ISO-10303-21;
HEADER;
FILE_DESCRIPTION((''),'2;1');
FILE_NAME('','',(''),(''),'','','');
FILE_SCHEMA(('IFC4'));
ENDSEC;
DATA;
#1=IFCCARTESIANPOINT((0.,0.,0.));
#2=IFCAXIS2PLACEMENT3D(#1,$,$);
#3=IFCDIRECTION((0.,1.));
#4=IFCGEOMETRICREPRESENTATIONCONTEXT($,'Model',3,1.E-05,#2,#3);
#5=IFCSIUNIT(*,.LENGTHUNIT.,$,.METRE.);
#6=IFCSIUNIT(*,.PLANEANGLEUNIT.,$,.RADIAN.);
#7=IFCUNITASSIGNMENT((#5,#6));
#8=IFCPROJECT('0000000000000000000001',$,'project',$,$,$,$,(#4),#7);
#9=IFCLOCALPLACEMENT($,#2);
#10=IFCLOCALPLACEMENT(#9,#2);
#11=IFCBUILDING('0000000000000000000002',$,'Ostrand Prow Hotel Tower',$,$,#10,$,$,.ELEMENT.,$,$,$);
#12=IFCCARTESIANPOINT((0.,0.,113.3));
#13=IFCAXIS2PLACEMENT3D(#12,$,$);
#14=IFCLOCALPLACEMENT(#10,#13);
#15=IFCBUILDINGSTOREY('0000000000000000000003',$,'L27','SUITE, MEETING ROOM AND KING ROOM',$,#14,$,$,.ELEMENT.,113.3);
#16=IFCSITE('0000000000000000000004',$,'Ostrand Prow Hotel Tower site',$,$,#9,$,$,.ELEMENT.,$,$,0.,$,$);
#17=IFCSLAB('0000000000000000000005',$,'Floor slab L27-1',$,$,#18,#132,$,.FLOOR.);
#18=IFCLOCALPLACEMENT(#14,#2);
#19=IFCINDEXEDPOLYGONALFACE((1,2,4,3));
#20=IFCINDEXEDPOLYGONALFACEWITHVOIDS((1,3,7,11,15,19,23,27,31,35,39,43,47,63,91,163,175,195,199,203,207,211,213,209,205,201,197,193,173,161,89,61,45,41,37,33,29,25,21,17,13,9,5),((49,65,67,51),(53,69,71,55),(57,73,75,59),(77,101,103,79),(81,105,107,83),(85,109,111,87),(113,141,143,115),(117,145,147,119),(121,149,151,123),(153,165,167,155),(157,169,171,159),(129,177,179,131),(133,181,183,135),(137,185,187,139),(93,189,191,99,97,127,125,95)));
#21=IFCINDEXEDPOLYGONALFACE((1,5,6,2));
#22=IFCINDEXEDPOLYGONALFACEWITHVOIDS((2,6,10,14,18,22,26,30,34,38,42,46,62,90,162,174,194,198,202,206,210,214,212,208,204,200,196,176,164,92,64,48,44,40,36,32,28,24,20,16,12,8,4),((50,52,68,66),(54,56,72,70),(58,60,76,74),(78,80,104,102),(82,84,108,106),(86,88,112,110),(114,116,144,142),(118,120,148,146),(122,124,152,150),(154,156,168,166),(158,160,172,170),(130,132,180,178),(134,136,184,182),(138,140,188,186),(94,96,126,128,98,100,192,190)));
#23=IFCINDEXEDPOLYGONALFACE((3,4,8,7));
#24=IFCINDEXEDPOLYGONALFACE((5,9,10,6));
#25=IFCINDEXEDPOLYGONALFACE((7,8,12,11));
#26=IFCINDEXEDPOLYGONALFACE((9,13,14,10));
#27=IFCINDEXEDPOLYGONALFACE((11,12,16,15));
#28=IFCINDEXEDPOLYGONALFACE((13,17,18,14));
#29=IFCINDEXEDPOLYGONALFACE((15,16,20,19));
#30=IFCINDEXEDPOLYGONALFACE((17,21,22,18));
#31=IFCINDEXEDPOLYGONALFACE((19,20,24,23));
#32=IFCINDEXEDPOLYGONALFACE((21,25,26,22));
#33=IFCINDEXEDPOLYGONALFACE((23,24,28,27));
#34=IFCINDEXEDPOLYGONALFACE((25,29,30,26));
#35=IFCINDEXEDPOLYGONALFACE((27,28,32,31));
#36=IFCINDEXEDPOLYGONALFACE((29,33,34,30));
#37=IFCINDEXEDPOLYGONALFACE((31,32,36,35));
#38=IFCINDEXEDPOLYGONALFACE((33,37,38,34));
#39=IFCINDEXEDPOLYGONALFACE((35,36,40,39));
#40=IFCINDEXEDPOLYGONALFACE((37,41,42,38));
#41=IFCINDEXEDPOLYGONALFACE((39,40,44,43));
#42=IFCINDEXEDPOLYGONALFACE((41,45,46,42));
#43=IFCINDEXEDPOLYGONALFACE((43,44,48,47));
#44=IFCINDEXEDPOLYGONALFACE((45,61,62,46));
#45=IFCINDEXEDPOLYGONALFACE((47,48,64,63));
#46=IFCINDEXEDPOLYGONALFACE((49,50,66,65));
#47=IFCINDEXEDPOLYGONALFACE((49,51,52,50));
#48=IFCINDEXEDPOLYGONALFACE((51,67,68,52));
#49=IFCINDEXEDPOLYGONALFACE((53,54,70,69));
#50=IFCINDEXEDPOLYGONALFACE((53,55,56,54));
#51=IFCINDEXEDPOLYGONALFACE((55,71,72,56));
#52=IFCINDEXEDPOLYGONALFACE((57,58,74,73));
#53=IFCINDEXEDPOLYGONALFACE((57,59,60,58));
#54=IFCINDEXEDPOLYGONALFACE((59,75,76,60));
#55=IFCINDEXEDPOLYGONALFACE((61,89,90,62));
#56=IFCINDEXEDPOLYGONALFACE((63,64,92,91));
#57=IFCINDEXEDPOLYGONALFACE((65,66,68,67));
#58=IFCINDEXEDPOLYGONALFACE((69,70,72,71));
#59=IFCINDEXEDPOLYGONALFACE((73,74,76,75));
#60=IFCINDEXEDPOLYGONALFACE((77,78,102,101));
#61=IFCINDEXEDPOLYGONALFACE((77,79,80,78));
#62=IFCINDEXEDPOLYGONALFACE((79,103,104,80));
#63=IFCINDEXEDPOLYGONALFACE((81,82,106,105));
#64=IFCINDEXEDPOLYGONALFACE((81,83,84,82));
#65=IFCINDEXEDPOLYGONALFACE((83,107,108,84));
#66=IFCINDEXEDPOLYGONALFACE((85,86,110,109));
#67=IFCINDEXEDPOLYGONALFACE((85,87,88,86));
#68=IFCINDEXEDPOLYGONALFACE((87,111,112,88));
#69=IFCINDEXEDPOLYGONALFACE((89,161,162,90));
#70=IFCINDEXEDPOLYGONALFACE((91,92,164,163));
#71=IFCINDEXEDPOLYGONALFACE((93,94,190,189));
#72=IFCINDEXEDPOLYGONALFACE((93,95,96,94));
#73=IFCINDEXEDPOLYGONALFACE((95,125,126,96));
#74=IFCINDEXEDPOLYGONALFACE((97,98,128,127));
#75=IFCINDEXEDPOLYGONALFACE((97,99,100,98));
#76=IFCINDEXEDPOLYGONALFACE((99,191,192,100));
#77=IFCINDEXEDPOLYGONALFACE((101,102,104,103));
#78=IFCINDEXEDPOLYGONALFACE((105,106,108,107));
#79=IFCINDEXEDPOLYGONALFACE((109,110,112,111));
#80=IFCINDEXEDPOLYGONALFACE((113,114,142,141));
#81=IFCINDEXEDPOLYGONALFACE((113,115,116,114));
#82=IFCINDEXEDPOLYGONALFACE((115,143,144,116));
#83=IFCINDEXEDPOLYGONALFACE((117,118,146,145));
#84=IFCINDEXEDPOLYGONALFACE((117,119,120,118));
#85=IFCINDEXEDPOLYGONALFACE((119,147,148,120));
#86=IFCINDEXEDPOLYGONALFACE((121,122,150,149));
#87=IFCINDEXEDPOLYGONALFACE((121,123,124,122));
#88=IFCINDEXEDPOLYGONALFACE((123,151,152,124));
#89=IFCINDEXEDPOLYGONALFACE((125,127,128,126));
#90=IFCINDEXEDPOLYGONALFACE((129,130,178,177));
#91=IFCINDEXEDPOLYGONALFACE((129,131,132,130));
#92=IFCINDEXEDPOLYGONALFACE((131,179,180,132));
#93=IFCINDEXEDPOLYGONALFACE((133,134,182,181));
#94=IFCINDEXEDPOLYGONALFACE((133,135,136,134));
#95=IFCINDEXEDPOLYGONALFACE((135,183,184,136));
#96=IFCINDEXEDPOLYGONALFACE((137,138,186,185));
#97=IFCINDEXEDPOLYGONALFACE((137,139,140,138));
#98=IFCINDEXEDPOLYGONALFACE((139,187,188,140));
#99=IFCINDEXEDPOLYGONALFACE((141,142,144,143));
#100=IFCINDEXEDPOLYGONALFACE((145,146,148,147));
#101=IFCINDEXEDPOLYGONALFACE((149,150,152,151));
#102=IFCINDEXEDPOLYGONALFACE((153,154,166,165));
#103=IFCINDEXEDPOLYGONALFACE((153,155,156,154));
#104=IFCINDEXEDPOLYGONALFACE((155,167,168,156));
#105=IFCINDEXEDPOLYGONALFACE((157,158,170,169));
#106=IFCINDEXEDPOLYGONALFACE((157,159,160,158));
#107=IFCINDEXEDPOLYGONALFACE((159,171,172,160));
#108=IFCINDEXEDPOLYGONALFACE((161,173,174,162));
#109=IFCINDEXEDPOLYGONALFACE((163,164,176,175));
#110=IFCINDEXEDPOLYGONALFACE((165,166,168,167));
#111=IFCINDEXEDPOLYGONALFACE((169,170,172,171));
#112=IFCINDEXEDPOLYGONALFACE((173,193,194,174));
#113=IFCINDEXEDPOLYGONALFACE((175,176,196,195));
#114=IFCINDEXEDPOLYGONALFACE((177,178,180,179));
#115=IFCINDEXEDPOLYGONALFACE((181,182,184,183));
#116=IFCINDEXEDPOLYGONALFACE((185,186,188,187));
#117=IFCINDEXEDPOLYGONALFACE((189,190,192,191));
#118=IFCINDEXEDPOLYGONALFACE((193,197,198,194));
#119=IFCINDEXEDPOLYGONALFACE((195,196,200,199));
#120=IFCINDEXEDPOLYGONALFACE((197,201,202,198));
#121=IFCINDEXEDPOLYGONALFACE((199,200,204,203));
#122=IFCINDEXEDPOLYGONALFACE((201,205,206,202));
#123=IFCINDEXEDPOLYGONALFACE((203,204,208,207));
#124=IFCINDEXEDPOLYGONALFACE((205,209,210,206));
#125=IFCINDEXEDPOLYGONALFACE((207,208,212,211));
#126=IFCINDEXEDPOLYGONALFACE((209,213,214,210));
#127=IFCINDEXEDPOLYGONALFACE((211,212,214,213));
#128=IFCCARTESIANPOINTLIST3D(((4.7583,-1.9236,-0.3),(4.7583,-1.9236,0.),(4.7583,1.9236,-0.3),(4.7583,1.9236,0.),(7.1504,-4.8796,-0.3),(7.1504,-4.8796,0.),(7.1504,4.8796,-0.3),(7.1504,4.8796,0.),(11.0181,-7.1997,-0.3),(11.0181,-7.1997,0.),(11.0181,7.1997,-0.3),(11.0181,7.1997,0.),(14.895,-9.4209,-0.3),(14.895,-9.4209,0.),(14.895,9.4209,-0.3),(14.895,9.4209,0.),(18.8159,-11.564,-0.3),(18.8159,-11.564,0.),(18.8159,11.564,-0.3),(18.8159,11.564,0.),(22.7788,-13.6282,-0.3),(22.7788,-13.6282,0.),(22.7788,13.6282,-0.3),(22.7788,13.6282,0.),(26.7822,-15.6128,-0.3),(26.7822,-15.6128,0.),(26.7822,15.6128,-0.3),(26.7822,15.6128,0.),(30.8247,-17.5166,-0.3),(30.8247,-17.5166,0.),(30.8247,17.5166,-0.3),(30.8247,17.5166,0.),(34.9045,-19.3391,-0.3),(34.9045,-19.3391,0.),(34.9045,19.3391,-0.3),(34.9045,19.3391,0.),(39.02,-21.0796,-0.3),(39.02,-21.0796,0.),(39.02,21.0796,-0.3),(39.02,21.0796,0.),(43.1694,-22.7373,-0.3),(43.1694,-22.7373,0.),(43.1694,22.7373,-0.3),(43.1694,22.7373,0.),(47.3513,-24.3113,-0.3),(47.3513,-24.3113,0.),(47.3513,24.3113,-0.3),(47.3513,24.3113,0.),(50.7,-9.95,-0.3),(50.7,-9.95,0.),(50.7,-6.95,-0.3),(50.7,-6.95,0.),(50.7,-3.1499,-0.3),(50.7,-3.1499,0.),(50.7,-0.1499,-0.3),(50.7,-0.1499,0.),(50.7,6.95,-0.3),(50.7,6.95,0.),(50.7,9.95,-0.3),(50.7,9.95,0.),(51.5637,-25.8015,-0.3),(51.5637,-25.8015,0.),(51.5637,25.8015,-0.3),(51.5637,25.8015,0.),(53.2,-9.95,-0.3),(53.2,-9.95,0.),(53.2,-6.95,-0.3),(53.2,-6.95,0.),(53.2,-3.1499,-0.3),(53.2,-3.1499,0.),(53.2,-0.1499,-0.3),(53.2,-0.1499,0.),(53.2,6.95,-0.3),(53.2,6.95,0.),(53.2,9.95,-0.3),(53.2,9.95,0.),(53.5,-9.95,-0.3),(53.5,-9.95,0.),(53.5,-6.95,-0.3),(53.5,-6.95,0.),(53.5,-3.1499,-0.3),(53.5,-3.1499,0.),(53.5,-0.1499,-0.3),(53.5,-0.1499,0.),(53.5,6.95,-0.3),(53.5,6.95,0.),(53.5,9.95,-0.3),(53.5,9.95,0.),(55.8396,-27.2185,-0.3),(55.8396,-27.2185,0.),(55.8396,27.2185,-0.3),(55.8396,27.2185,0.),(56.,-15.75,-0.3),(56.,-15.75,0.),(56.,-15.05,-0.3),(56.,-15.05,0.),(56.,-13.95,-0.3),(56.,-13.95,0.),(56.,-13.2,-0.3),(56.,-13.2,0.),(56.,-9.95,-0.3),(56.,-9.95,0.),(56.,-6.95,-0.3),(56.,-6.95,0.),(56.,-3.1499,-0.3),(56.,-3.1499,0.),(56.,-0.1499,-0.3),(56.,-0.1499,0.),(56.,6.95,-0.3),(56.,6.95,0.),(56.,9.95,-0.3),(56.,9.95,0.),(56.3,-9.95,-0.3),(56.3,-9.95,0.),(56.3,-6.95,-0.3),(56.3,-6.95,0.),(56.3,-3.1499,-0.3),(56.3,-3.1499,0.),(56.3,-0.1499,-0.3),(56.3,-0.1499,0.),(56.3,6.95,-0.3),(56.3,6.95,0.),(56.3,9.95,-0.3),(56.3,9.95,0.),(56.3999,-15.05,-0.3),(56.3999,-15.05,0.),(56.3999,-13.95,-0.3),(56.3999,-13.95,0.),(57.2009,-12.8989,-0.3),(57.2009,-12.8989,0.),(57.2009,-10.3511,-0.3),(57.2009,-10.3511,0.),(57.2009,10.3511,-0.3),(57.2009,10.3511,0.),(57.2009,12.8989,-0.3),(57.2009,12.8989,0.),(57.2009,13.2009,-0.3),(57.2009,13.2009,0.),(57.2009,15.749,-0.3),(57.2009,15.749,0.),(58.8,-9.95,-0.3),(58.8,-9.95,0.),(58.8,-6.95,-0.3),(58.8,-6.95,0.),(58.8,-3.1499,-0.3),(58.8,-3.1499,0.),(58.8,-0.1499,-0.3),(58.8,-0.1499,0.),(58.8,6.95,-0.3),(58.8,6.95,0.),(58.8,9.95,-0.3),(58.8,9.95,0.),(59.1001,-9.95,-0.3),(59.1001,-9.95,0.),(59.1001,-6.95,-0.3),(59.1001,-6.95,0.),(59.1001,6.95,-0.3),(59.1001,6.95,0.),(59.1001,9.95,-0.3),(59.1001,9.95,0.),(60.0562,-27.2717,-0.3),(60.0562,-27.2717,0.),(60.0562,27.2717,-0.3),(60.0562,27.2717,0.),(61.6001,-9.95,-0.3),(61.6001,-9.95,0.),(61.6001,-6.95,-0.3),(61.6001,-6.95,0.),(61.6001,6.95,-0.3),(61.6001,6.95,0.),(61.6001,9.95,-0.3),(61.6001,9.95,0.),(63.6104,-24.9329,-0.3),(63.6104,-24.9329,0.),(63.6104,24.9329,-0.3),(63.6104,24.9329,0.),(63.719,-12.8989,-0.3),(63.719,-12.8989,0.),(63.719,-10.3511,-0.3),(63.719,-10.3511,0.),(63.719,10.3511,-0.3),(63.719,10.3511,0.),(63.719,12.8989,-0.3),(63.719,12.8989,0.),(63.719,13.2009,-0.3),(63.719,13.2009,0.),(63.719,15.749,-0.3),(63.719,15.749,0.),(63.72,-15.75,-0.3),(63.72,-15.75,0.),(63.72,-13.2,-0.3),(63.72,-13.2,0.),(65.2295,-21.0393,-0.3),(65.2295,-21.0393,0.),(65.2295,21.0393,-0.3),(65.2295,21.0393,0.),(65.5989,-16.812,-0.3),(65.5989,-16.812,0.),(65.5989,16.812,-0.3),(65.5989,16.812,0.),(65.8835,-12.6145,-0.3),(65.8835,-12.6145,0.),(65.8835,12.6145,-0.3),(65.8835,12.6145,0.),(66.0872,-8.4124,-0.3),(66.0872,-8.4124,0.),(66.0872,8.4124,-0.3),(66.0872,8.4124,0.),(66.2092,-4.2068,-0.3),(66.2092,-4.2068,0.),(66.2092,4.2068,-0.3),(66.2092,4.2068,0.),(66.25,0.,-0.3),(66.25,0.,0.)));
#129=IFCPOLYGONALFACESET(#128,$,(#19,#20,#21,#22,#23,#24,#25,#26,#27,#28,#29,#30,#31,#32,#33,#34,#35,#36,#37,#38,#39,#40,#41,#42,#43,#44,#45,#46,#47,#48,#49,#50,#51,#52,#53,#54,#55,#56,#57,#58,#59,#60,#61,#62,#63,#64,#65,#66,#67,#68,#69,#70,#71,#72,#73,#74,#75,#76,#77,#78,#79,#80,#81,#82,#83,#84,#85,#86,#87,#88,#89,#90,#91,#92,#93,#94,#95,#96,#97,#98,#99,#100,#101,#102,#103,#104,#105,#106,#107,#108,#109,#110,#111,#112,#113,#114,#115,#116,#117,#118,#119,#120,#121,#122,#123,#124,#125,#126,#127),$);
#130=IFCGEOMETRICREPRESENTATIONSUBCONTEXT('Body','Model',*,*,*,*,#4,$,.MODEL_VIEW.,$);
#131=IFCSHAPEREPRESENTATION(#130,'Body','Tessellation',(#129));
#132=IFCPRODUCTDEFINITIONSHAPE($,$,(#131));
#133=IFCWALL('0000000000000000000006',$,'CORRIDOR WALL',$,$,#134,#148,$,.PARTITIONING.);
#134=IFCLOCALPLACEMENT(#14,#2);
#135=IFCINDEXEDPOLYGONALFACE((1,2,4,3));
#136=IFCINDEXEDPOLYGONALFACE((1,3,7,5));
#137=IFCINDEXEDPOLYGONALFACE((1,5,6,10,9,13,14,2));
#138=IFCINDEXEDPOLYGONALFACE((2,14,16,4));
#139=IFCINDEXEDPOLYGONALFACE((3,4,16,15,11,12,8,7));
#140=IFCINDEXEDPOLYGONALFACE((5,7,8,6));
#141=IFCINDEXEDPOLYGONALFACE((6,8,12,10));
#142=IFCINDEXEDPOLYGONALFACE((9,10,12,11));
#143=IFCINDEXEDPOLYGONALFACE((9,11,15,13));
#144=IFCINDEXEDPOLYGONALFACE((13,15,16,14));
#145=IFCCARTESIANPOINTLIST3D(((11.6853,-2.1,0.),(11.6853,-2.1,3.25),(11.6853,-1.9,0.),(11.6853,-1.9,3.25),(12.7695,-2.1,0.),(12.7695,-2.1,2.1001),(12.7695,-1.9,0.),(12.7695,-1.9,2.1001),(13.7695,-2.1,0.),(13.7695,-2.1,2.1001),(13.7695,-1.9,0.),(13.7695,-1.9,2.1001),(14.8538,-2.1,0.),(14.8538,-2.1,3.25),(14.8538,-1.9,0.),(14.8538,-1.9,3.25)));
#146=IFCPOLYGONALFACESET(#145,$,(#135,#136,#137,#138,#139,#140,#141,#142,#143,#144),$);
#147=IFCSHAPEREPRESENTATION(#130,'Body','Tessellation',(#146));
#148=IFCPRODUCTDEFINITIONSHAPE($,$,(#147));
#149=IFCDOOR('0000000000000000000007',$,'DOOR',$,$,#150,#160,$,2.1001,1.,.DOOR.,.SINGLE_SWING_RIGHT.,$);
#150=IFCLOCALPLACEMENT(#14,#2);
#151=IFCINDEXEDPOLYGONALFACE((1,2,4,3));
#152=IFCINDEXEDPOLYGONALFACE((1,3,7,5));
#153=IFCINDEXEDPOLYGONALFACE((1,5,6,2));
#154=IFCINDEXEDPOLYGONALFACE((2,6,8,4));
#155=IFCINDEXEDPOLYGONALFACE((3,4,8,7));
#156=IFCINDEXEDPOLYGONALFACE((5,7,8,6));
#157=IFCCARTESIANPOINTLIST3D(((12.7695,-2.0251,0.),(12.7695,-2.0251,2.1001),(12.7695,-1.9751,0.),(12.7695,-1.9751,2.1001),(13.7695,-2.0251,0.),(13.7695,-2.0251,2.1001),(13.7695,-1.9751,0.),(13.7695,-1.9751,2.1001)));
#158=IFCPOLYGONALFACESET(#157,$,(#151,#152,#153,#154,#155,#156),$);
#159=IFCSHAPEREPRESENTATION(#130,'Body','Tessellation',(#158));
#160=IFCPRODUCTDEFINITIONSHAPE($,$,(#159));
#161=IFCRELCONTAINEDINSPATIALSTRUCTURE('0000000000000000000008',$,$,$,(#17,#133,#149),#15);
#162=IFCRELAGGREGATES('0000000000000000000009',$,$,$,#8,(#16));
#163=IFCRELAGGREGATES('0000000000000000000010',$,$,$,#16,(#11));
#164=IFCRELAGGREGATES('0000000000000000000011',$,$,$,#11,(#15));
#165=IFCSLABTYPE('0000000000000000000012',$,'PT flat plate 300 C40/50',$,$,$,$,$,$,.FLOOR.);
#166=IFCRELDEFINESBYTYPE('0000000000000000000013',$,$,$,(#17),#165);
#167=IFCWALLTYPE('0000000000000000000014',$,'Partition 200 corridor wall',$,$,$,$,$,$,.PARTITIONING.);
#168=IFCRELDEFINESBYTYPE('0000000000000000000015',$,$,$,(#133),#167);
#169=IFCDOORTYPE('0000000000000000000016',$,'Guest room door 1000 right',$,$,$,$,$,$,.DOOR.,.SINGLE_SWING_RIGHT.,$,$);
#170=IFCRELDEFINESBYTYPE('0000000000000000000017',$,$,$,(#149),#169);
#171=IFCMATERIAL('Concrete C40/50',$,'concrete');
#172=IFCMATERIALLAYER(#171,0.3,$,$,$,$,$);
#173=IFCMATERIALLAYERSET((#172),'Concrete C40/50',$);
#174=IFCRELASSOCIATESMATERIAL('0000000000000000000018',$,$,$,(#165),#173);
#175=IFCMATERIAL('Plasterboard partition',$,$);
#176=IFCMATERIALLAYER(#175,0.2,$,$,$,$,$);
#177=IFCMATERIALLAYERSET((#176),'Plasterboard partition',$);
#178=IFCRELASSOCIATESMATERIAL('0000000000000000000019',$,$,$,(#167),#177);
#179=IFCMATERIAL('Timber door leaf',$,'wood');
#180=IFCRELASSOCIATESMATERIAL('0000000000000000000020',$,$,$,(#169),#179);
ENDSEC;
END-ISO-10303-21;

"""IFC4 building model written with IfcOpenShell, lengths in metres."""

from ifc_helpers import new_model, si_unit, direction, frame, frame_2d, origin, place, context, subcontext, project, spatial, polyline, rectangle, outline, extrude, material, layer, layer_set, type_object, element, fill, save


model = new_model("IFC4")

# Units and contexts
model_context = context("Model", 3, precision=1e-05, world=origin(), true_north=direction((0.0, 1.0)))
body_context = subcontext(model_context, "Body", "Model", "MODEL_VIEW")
ifc_project = project(units=[si_unit("LENGTHUNIT", "METRE"), si_unit("PLANEANGLEUNIT", "RADIAN")], contexts=[model_context])

# Site, building, storey
site_placement = place(None, origin())
site = spatial("IfcSite", under=ifc_project, at=site_placement, Name="Ostrand Prow Hotel Tower site", CompositionType="ELEMENT", RefElevation=0.0)
building_placement = place(site_placement, origin())
building = spatial("IfcBuilding", under=site, at=building_placement, Name="Ostrand Prow Hotel Tower", CompositionType="ELEMENT")
storey_placement = place(building_placement, frame((0.0, 0.0, 113.3)))
storey = spatial("IfcBuildingStorey", under=building, at=storey_placement, Name="L27", Description="SUITE, MEETING ROOM AND KING ROOM", CompositionType="ELEMENT", Elevation=113.3)

# Slab, opening
ifc_material_1 = material(Name="Concrete C40/50", Category="concrete")
ifc_layer_1 = layer(ifc_material_1, 0.3)
ifc_layer_set_1 = layer_set([ifc_layer_1], Name="Concrete C40/50")
slab_type = type_object("IfcSlabType", Name="PT flat plate 300 C40/50", PredefinedType="FLOOR", material=ifc_layer_set_1)
slab_placement = place(storey_placement, frame((0.0, 0.0, -0.3)))
slab = element("IfcSlab", 1, at=slab_placement, inside=storey, type_object=slab_type, Name="Floor slab L27-1", PredefinedType="FLOOR", context=body_context, shape_type="SweptSolid", body=[
    extrude(outline(polyline([(7.1504, 4.8796), (11.0181, 7.1997), (14.895, 9.4209), (18.8159, 11.564), (22.7788, 13.6282), (26.7822, 15.6128), (30.8247, 17.5166), (34.9045, 19.3391), (39.02, 21.0796), (43.1694, 22.7373), (47.3513, 24.3113), (51.5637, 25.8015), (55.8396, 27.2185), (60.0562, 27.2717), (63.6104, 24.9329), (65.2295, 21.0393), (65.5989, 16.812), (65.8835, 12.6145), (66.0872, 8.4124), (66.2092, 4.2068), (66.25, 0.0), (66.2092, -4.2068), (66.0872, -8.4124), (65.8835, -12.6145), (65.5989, -16.812), (65.2295, -21.0393), (63.6104, -24.9329), (60.0562, -27.2717), (55.8396, -27.2185), (51.5637, -25.8015), (47.3513, -24.3113), (43.1694, -22.7373), (39.02, -21.0796), (34.9045, -19.3391), (30.8247, -17.5166), (26.7822, -15.6128), (22.7788, -13.6282), (18.8159, -11.564), (14.895, -9.4209), (11.0181, -7.1997), (7.1504, -4.8796), (4.7583, -1.9236), (4.7583, 1.9236), (7.1504, 4.8796)]), holes=[polyline([(50.7, 6.95), (53.2, 6.95), (53.2, 9.95), (50.7, 9.95), (50.7, 6.95)]), polyline([(53.5, 6.95), (56.0, 6.95), (56.0, 9.95), (53.5, 9.95), (53.5, 6.95)]), polyline([(56.3, 6.95), (58.8, 6.95), (58.8, 9.95), (56.3, 9.95), (56.3, 6.95)]), polyline([(59.1001, 6.95), (61.6001, 6.95), (61.6001, 9.95), (59.1001, 9.95), (59.1001, 6.95)]), polyline([(50.7, -3.1499), (53.2, -3.1499), (53.2, -0.1499), (50.7, -0.1499), (50.7, -3.1499)]), polyline([(53.5, -3.1499), (56.0, -3.1499), (56.0, -0.1499), (53.5, -0.1499), (53.5, -3.1499)]), polyline([(56.3, -3.1499), (58.8, -3.1499), (58.8, -0.1499), (56.3, -0.1499), (56.3, -3.1499)]), polyline([(50.7, -9.95), (53.2, -9.95), (53.2, -6.95), (50.7, -6.95), (50.7, -9.95)]), polyline([(53.5, -9.95), (56.0, -9.95), (56.0, -6.95), (53.5, -6.95), (53.5, -9.95)]), polyline([(56.3, -9.95), (58.8, -9.95), (58.8, -6.95), (56.3, -6.95), (56.3, -9.95)]), polyline([(59.1001, -9.95), (61.6001, -9.95), (61.6001, -6.95), (59.1001, -6.95), (59.1001, -9.95)]), polyline([(57.2009, 10.3511), (57.2009, 12.8989), (63.719, 12.8989), (63.719, 10.3511), (57.2009, 10.3511)]), polyline([(57.2009, 13.2009), (57.2009, 15.749), (63.719, 15.749), (63.719, 13.2009), (57.2009, 13.2009)]), polyline([(57.2009, -12.8989), (57.2009, -10.3511), (63.719, -10.3511), (63.719, -12.8989), (57.2009, -12.8989)]), polyline([(56.0, -13.2), (63.72, -13.2), (63.72, -15.75), (56.0, -15.75), (56.0, -15.05), (56.3999, -15.05), (56.3999, -13.95), (56.0, -13.95), (56.0, -13.2)])]), origin(), (0.0, 0.0, 1.0), 0.3),
])
opening_1_placement = place(slab_placement, origin())
element("IfcOpeningElement", 2, at=opening_1_placement, cuts=slab, PredefinedType="OPENING", context=body_context, shape_type="SweptSolid", body=[
    extrude(outline(polyline([(56.0, -13.2), (63.72, -13.2), (63.72, -15.75), (56.0, -15.75), (56.0, -15.05), (56.3999, -15.05), (56.3999, -13.95), (56.0, -13.95), (56.0, -13.2)])), origin(), (0.0, 0.0, 1.0), 0.3),
])

# Wall, opening, door
ifc_material_2 = material(Name="Plasterboard partition")
ifc_layer_2 = layer(ifc_material_2, 0.2)
ifc_layer_set_2 = layer_set([ifc_layer_2], Name="Plasterboard partition")
wall_type_1 = type_object("IfcWallType", Name="Partition 200 corridor wall", PredefinedType="PARTITIONING", material=ifc_layer_set_2)
wall_1_placement = place(storey_placement, frame((11.6853, -2.0, 0.0), z_axis=(0.0, 0.0, 1.0), x_axis=(1.0, 0.0, 0.0)))
wall_1 = element("IfcWall", 3, at=wall_1_placement, inside=storey, type_object=wall_type_1, Name="CORRIDOR WALL", PredefinedType="PARTITIONING", context=body_context, shape_type="SweptSolid", body=[
    extrude(rectangle(XDim=3.1685, YDim=0.2, at=frame_2d((1.5842, 0.0))), origin(), (0.0, 0.0, 1.0), 3.25),
])
opening_2_placement = place(wall_1_placement, frame((1.0842, 0.0, 0.0)))
opening_2 = element("IfcOpeningElement", 4, at=opening_2_placement, cuts=wall_1, PredefinedType="OPENING", context=body_context, shape_type="SweptSolid", body=[
    extrude(rectangle(XDim=1.0, YDim=2.1001, at=frame_2d((0.5, 1.05))), frame((0.0, 0.1099, 0.0), z_axis=(0.0, -1.0, 0.0), x_axis=(1.0, 0.0, 0.0)), (0.0, 0.0, 1.0), 0.22),
])
ifc_material_3 = material(Name="Timber door leaf", Category="wood")
door_type_1 = type_object("IfcDoorType", Name="Guest room door 1000 right", OperationType="SINGLE_SWING_RIGHT", PredefinedType="DOOR", material=ifc_material_3)
door_1_placement = place(opening_2_placement, origin())
door_1 = element("IfcDoor", 5, at=door_1_placement, inside=storey, type_object=door_type_1, Name="DOOR", OperationType="SINGLE_SWING_RIGHT", OverallHeight=2.1001, OverallWidth=1.0, PredefinedType="DOOR", context=body_context, shape_type="SweptSolid", body=[
    extrude(rectangle(XDim=1.0, YDim=2.1001, at=frame_2d((0.5, 1.05))), frame((0.0, 0.0249, 0.0), z_axis=(0.0, -1.0, 0.0), x_axis=(1.0, 0.0, 0.0)), (0.0, 0.0, 1.0), 0.05),
])
fill(opening_2, door_1)

save(model, "model.ifc")
